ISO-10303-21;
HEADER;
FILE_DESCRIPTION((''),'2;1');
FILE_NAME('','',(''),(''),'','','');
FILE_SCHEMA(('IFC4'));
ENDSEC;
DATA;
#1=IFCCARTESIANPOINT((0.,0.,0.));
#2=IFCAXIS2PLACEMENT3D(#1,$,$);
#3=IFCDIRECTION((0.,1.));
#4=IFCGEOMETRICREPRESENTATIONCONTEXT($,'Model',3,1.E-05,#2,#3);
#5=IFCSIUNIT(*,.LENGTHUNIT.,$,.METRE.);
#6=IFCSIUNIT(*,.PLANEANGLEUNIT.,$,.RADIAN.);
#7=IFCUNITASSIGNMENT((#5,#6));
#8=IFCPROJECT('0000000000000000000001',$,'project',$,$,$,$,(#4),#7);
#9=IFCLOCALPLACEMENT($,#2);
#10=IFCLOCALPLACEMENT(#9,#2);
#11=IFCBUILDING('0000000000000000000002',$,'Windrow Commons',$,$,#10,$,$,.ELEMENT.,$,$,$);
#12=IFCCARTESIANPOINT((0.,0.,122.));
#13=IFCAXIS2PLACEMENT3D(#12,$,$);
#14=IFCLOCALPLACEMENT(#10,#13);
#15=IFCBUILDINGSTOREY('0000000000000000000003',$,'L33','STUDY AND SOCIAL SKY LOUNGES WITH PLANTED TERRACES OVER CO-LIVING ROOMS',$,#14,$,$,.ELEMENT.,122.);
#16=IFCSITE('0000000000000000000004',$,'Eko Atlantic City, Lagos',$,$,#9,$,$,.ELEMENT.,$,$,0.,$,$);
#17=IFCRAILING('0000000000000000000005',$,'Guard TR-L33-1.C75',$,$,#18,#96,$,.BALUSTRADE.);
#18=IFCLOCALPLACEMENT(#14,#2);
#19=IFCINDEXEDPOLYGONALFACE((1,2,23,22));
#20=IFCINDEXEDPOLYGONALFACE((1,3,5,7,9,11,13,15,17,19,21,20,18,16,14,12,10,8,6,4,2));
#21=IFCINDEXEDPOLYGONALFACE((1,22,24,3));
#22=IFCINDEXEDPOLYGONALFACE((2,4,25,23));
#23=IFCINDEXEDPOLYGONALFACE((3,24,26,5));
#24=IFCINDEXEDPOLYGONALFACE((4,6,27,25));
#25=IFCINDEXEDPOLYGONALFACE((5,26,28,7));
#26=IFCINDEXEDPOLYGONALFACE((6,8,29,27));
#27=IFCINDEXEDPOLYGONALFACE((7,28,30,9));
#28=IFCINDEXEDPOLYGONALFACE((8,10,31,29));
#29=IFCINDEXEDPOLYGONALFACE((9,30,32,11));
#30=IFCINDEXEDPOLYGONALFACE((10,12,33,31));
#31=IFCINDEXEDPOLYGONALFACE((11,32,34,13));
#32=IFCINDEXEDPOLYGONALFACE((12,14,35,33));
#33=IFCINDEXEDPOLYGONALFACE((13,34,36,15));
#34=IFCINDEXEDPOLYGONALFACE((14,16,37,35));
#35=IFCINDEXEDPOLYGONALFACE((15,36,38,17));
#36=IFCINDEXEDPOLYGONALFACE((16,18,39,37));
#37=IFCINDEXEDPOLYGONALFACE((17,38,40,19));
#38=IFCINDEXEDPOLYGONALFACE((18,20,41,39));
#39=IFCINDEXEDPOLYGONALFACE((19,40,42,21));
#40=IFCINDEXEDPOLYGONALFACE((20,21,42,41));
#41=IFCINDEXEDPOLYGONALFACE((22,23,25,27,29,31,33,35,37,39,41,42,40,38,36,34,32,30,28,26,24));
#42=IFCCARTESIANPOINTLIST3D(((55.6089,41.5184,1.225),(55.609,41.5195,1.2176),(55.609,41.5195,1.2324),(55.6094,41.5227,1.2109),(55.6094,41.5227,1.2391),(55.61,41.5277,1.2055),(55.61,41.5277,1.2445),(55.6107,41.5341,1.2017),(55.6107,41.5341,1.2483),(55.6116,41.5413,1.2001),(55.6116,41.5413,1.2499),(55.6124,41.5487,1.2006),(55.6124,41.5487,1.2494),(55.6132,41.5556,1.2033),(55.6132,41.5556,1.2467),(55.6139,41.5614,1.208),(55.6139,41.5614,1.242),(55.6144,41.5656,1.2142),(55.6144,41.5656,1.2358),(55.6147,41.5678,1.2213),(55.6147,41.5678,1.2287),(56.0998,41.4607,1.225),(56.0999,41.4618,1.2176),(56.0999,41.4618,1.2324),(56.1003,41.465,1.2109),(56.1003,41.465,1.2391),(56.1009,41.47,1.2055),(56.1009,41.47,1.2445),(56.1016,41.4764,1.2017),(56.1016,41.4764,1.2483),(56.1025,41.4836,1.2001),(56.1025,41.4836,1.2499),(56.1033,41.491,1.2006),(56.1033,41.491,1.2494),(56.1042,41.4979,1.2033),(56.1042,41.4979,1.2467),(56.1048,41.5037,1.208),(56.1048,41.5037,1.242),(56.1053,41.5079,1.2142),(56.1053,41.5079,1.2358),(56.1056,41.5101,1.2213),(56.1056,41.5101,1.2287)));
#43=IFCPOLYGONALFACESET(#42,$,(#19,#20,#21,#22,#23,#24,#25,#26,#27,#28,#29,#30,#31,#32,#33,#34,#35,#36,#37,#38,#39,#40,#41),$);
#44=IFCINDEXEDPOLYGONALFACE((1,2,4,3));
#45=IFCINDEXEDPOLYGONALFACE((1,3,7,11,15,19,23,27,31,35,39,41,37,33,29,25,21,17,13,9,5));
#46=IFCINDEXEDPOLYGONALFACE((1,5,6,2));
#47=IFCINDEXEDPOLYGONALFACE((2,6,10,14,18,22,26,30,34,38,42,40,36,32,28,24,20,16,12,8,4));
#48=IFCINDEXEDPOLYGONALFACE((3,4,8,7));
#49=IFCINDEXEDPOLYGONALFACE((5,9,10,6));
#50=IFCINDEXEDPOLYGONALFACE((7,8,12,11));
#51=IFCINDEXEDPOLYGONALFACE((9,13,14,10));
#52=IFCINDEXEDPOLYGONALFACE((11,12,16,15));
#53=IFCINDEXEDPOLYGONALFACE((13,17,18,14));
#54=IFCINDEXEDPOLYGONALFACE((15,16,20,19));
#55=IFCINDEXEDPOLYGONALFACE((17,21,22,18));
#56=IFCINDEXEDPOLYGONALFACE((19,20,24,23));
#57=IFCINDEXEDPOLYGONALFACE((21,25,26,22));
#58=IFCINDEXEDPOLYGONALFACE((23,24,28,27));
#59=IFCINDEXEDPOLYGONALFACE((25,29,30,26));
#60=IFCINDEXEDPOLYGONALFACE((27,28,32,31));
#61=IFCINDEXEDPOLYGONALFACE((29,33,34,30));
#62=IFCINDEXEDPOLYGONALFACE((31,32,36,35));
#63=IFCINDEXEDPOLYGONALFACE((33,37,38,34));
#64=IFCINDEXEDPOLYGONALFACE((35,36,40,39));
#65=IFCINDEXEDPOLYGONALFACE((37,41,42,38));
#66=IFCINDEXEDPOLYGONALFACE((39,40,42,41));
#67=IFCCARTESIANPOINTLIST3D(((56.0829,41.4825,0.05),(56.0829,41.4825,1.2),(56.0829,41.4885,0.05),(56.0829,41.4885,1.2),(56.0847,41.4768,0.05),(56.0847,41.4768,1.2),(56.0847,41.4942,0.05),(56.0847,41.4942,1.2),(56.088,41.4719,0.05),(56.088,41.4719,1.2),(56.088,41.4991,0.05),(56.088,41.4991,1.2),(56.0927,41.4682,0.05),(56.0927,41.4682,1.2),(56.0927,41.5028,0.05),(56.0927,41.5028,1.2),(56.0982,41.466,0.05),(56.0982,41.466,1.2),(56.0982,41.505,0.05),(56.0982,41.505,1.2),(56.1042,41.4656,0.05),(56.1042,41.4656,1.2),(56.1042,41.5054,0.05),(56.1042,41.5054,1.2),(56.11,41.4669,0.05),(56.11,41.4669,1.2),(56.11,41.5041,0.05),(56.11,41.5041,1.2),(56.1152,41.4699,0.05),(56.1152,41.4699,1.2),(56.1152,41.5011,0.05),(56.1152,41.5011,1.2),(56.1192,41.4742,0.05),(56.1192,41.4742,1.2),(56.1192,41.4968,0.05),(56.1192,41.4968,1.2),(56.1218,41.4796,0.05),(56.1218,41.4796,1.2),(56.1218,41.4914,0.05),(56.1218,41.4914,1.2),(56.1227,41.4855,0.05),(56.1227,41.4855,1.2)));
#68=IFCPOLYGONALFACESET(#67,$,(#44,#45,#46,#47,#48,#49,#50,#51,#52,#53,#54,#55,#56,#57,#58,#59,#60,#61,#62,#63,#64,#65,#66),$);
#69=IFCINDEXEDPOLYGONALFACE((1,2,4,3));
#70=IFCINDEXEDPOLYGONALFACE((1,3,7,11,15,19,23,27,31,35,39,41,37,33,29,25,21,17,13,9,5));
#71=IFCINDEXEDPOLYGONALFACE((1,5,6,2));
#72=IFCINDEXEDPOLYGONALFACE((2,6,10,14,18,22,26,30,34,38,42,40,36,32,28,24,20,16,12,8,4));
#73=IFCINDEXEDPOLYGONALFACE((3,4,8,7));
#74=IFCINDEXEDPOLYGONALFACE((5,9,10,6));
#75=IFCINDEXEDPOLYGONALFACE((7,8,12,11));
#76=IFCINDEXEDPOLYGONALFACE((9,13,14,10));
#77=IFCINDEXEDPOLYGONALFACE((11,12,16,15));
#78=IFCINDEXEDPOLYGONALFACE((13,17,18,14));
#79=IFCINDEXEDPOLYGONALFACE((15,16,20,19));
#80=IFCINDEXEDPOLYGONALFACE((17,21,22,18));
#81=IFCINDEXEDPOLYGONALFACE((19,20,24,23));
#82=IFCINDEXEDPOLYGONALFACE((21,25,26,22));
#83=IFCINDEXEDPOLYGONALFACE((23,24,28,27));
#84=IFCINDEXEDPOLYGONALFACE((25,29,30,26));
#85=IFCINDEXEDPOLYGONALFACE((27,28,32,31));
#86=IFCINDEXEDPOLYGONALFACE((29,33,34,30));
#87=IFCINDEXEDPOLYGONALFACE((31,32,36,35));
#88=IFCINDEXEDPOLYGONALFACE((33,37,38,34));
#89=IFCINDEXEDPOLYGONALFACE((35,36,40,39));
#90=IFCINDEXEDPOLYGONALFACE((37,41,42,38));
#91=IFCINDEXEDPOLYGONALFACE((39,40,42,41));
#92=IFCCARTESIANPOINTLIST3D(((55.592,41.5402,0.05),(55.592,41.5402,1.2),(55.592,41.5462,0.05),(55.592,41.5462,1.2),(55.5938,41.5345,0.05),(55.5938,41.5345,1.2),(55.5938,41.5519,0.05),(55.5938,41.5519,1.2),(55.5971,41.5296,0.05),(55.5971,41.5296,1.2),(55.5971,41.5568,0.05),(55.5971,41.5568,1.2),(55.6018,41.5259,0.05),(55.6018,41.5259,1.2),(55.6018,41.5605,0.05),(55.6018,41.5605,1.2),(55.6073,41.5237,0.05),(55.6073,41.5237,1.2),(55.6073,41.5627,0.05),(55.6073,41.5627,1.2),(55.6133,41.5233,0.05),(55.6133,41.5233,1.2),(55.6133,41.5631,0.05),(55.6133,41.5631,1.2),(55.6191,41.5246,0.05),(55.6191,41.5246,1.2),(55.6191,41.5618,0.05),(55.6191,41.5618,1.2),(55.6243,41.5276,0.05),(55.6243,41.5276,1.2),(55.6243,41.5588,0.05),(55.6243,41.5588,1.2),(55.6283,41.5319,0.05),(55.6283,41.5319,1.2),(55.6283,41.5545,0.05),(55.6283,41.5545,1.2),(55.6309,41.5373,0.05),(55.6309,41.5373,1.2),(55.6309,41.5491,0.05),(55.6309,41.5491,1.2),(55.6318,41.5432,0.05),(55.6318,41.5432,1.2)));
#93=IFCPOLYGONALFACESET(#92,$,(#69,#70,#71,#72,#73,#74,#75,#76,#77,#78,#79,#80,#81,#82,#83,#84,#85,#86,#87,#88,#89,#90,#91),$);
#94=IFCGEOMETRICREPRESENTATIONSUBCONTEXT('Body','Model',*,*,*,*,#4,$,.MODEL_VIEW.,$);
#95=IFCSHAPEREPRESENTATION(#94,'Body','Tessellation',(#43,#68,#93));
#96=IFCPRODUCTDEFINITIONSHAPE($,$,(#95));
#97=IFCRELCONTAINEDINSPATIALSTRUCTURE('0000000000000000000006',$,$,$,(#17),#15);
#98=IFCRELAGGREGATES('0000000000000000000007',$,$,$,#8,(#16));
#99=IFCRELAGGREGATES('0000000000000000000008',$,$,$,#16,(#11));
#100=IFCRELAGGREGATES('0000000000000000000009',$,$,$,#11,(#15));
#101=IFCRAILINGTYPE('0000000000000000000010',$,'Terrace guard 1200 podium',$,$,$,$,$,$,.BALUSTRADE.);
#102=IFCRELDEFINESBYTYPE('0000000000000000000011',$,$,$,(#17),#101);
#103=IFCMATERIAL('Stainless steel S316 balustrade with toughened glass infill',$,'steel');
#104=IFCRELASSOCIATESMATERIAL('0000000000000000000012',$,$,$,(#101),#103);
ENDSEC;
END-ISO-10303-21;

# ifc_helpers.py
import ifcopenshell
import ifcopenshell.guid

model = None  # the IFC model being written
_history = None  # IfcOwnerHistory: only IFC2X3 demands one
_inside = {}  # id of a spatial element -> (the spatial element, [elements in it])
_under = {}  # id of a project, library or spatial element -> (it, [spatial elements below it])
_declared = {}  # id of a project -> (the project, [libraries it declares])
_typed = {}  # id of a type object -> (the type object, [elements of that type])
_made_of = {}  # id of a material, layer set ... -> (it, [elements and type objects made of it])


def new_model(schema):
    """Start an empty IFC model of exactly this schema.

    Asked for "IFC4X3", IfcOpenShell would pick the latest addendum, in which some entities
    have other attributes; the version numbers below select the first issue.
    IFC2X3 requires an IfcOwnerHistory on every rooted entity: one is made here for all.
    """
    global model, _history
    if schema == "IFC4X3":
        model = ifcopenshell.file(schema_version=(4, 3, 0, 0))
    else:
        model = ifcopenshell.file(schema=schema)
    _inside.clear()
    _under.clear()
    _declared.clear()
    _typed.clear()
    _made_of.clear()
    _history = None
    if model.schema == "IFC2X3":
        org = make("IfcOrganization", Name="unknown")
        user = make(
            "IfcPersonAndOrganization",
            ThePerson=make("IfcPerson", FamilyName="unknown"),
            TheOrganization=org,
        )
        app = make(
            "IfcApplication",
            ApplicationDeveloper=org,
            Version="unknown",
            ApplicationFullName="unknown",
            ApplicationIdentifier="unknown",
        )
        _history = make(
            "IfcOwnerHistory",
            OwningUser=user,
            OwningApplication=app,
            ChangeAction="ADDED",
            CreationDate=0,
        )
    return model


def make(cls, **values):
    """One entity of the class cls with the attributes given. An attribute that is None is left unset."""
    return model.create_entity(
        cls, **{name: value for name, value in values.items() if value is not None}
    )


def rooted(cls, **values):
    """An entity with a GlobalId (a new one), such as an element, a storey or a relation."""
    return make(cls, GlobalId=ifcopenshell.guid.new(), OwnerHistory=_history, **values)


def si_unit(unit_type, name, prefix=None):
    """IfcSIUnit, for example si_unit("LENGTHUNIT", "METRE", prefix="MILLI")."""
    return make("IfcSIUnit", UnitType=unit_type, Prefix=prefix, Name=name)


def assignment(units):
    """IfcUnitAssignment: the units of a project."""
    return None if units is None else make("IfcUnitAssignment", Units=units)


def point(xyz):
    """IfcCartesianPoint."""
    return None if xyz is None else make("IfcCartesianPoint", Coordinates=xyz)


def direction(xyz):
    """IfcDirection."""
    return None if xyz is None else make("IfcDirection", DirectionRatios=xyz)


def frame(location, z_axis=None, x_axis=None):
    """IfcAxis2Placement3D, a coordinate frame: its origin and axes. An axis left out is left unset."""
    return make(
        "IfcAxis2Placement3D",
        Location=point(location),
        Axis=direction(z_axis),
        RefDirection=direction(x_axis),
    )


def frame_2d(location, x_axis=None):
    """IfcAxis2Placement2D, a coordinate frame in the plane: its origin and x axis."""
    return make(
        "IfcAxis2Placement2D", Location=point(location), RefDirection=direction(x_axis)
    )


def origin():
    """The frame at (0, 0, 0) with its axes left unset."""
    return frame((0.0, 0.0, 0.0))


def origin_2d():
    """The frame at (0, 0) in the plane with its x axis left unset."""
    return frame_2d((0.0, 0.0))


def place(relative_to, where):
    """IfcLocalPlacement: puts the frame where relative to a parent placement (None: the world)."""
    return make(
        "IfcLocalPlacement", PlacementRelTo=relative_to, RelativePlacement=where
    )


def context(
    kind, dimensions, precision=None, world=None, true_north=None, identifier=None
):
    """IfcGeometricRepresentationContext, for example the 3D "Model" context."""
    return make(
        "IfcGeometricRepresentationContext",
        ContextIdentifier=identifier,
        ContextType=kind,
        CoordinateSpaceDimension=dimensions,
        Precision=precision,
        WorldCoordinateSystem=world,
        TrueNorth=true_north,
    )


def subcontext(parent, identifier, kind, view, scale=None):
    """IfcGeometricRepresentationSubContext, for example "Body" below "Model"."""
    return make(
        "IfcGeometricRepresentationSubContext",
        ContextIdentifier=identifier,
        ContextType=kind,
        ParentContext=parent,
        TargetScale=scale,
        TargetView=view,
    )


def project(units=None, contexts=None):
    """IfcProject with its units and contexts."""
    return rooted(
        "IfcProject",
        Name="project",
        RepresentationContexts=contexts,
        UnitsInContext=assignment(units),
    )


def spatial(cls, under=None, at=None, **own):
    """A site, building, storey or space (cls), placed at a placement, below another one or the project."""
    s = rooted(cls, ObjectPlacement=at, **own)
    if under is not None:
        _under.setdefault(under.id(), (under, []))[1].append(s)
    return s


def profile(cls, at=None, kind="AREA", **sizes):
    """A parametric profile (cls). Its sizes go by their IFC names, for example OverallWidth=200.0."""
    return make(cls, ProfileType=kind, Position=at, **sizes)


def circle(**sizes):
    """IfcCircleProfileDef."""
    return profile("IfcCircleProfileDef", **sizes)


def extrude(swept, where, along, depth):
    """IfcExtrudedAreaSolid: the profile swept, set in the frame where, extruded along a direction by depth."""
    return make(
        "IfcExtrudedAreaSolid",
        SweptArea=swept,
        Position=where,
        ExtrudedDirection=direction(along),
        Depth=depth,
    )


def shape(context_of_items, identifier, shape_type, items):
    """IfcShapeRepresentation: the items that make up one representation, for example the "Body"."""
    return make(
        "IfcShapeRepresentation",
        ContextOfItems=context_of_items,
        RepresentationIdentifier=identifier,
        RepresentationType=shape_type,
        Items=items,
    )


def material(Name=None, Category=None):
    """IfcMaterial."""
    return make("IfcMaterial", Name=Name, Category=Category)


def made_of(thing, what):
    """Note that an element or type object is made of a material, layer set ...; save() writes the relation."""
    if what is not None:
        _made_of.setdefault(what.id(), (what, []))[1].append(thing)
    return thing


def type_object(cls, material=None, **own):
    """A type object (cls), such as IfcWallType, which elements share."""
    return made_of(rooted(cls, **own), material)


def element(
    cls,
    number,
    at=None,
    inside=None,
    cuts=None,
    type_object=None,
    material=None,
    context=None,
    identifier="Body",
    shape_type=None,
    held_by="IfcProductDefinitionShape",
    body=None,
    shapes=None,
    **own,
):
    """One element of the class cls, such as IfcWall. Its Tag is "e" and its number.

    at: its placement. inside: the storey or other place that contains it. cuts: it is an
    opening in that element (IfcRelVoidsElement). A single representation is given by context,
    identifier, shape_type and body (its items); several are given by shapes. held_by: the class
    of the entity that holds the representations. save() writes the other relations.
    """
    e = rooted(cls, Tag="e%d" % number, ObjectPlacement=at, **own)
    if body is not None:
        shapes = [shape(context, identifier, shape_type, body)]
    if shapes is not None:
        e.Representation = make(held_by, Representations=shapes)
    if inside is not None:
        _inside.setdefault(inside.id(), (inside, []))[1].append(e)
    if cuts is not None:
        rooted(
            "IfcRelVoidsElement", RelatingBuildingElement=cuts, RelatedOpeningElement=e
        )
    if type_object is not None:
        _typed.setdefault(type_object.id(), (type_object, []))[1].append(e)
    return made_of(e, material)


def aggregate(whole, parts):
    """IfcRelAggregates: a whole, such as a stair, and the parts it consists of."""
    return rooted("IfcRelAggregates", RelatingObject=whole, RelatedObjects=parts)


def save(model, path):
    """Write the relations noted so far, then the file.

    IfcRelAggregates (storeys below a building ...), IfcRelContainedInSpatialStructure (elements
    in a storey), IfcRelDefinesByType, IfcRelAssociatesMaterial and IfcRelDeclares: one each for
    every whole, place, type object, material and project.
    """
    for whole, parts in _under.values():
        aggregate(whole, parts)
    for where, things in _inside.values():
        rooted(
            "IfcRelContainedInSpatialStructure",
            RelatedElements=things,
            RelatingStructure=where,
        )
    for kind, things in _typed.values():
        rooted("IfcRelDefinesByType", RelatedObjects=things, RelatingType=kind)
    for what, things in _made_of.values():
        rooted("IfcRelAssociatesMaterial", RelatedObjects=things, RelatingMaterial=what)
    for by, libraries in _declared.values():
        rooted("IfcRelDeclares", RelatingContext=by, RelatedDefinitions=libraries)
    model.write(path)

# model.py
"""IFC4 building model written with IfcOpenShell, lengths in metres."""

from ifc_helpers import new_model, si_unit, direction, frame, origin, origin_2d, place, context, subcontext, project, spatial, circle, extrude, material, type_object, element, save


model = new_model("IFC4")

# Units and contexts
model_context = context("Model", 3, precision=1e-05, world=origin(), true_north=direction((0.0, 1.0)))
body_context = subcontext(model_context, "Body", "Model", "MODEL_VIEW")
ifc_project = project(units=[si_unit("LENGTHUNIT", "METRE"), si_unit("PLANEANGLEUNIT", "RADIAN")], contexts=[model_context])

# Site, building, storey
site_placement = place(None, origin())
site = spatial("IfcSite", under=ifc_project, at=site_placement, Name="Eko Atlantic City, Lagos", CompositionType="ELEMENT", RefElevation=0.0)
building_placement = place(site_placement, origin())
building = spatial("IfcBuilding", under=site, at=building_placement, Name="Windrow Commons", CompositionType="ELEMENT")
storey_placement = place(building_placement, frame((0.0, 0.0, 122.0)))
storey = spatial("IfcBuildingStorey", under=building, at=storey_placement, Name="L33", Description="STUDY AND SOCIAL SKY LOUNGES WITH PLANTED TERRACES OVER CO-LIVING ROOMS", CompositionType="ELEMENT", Elevation=122.0)

# Railing
ifc_material_1 = material(Name="Stainless steel S316 balustrade with toughened glass infill", Category="steel")
railing_type = type_object("IfcRailingType", Name="Terrace guard 1200 podium", PredefinedType="BALUSTRADE", material=ifc_material_1)
railing_1_placement = place(storey_placement, frame((56.1027, 41.4855, 0.05)))
element("IfcRailing", 1, at=railing_1_placement, inside=storey, type_object=railing_type, Name="Guard TR-L33-1.C75", PredefinedType="BALUSTRADE", context=body_context, shape_type="SweptSolid", body=[
    extrude(circle(Radius=0.025, at=origin_2d()), frame((0.0, 0.0, 1.175), z_axis=(-0.993163, 0.116736, 0.0), x_axis=(-0.116736, -0.993163, 0.0)), (0.0, 0.0, 1.0), 0.4943),
    extrude(circle(Radius=0.02, at=origin_2d()), origin(), (0.0, 0.0, 1.0), 1.15),
    extrude(circle(Radius=0.02, at=origin_2d()), frame((-0.4909, 0.0577, 0.0)), (0.0, 0.0, 1.0), 1.15),
])

save(model, "model.ifc")
